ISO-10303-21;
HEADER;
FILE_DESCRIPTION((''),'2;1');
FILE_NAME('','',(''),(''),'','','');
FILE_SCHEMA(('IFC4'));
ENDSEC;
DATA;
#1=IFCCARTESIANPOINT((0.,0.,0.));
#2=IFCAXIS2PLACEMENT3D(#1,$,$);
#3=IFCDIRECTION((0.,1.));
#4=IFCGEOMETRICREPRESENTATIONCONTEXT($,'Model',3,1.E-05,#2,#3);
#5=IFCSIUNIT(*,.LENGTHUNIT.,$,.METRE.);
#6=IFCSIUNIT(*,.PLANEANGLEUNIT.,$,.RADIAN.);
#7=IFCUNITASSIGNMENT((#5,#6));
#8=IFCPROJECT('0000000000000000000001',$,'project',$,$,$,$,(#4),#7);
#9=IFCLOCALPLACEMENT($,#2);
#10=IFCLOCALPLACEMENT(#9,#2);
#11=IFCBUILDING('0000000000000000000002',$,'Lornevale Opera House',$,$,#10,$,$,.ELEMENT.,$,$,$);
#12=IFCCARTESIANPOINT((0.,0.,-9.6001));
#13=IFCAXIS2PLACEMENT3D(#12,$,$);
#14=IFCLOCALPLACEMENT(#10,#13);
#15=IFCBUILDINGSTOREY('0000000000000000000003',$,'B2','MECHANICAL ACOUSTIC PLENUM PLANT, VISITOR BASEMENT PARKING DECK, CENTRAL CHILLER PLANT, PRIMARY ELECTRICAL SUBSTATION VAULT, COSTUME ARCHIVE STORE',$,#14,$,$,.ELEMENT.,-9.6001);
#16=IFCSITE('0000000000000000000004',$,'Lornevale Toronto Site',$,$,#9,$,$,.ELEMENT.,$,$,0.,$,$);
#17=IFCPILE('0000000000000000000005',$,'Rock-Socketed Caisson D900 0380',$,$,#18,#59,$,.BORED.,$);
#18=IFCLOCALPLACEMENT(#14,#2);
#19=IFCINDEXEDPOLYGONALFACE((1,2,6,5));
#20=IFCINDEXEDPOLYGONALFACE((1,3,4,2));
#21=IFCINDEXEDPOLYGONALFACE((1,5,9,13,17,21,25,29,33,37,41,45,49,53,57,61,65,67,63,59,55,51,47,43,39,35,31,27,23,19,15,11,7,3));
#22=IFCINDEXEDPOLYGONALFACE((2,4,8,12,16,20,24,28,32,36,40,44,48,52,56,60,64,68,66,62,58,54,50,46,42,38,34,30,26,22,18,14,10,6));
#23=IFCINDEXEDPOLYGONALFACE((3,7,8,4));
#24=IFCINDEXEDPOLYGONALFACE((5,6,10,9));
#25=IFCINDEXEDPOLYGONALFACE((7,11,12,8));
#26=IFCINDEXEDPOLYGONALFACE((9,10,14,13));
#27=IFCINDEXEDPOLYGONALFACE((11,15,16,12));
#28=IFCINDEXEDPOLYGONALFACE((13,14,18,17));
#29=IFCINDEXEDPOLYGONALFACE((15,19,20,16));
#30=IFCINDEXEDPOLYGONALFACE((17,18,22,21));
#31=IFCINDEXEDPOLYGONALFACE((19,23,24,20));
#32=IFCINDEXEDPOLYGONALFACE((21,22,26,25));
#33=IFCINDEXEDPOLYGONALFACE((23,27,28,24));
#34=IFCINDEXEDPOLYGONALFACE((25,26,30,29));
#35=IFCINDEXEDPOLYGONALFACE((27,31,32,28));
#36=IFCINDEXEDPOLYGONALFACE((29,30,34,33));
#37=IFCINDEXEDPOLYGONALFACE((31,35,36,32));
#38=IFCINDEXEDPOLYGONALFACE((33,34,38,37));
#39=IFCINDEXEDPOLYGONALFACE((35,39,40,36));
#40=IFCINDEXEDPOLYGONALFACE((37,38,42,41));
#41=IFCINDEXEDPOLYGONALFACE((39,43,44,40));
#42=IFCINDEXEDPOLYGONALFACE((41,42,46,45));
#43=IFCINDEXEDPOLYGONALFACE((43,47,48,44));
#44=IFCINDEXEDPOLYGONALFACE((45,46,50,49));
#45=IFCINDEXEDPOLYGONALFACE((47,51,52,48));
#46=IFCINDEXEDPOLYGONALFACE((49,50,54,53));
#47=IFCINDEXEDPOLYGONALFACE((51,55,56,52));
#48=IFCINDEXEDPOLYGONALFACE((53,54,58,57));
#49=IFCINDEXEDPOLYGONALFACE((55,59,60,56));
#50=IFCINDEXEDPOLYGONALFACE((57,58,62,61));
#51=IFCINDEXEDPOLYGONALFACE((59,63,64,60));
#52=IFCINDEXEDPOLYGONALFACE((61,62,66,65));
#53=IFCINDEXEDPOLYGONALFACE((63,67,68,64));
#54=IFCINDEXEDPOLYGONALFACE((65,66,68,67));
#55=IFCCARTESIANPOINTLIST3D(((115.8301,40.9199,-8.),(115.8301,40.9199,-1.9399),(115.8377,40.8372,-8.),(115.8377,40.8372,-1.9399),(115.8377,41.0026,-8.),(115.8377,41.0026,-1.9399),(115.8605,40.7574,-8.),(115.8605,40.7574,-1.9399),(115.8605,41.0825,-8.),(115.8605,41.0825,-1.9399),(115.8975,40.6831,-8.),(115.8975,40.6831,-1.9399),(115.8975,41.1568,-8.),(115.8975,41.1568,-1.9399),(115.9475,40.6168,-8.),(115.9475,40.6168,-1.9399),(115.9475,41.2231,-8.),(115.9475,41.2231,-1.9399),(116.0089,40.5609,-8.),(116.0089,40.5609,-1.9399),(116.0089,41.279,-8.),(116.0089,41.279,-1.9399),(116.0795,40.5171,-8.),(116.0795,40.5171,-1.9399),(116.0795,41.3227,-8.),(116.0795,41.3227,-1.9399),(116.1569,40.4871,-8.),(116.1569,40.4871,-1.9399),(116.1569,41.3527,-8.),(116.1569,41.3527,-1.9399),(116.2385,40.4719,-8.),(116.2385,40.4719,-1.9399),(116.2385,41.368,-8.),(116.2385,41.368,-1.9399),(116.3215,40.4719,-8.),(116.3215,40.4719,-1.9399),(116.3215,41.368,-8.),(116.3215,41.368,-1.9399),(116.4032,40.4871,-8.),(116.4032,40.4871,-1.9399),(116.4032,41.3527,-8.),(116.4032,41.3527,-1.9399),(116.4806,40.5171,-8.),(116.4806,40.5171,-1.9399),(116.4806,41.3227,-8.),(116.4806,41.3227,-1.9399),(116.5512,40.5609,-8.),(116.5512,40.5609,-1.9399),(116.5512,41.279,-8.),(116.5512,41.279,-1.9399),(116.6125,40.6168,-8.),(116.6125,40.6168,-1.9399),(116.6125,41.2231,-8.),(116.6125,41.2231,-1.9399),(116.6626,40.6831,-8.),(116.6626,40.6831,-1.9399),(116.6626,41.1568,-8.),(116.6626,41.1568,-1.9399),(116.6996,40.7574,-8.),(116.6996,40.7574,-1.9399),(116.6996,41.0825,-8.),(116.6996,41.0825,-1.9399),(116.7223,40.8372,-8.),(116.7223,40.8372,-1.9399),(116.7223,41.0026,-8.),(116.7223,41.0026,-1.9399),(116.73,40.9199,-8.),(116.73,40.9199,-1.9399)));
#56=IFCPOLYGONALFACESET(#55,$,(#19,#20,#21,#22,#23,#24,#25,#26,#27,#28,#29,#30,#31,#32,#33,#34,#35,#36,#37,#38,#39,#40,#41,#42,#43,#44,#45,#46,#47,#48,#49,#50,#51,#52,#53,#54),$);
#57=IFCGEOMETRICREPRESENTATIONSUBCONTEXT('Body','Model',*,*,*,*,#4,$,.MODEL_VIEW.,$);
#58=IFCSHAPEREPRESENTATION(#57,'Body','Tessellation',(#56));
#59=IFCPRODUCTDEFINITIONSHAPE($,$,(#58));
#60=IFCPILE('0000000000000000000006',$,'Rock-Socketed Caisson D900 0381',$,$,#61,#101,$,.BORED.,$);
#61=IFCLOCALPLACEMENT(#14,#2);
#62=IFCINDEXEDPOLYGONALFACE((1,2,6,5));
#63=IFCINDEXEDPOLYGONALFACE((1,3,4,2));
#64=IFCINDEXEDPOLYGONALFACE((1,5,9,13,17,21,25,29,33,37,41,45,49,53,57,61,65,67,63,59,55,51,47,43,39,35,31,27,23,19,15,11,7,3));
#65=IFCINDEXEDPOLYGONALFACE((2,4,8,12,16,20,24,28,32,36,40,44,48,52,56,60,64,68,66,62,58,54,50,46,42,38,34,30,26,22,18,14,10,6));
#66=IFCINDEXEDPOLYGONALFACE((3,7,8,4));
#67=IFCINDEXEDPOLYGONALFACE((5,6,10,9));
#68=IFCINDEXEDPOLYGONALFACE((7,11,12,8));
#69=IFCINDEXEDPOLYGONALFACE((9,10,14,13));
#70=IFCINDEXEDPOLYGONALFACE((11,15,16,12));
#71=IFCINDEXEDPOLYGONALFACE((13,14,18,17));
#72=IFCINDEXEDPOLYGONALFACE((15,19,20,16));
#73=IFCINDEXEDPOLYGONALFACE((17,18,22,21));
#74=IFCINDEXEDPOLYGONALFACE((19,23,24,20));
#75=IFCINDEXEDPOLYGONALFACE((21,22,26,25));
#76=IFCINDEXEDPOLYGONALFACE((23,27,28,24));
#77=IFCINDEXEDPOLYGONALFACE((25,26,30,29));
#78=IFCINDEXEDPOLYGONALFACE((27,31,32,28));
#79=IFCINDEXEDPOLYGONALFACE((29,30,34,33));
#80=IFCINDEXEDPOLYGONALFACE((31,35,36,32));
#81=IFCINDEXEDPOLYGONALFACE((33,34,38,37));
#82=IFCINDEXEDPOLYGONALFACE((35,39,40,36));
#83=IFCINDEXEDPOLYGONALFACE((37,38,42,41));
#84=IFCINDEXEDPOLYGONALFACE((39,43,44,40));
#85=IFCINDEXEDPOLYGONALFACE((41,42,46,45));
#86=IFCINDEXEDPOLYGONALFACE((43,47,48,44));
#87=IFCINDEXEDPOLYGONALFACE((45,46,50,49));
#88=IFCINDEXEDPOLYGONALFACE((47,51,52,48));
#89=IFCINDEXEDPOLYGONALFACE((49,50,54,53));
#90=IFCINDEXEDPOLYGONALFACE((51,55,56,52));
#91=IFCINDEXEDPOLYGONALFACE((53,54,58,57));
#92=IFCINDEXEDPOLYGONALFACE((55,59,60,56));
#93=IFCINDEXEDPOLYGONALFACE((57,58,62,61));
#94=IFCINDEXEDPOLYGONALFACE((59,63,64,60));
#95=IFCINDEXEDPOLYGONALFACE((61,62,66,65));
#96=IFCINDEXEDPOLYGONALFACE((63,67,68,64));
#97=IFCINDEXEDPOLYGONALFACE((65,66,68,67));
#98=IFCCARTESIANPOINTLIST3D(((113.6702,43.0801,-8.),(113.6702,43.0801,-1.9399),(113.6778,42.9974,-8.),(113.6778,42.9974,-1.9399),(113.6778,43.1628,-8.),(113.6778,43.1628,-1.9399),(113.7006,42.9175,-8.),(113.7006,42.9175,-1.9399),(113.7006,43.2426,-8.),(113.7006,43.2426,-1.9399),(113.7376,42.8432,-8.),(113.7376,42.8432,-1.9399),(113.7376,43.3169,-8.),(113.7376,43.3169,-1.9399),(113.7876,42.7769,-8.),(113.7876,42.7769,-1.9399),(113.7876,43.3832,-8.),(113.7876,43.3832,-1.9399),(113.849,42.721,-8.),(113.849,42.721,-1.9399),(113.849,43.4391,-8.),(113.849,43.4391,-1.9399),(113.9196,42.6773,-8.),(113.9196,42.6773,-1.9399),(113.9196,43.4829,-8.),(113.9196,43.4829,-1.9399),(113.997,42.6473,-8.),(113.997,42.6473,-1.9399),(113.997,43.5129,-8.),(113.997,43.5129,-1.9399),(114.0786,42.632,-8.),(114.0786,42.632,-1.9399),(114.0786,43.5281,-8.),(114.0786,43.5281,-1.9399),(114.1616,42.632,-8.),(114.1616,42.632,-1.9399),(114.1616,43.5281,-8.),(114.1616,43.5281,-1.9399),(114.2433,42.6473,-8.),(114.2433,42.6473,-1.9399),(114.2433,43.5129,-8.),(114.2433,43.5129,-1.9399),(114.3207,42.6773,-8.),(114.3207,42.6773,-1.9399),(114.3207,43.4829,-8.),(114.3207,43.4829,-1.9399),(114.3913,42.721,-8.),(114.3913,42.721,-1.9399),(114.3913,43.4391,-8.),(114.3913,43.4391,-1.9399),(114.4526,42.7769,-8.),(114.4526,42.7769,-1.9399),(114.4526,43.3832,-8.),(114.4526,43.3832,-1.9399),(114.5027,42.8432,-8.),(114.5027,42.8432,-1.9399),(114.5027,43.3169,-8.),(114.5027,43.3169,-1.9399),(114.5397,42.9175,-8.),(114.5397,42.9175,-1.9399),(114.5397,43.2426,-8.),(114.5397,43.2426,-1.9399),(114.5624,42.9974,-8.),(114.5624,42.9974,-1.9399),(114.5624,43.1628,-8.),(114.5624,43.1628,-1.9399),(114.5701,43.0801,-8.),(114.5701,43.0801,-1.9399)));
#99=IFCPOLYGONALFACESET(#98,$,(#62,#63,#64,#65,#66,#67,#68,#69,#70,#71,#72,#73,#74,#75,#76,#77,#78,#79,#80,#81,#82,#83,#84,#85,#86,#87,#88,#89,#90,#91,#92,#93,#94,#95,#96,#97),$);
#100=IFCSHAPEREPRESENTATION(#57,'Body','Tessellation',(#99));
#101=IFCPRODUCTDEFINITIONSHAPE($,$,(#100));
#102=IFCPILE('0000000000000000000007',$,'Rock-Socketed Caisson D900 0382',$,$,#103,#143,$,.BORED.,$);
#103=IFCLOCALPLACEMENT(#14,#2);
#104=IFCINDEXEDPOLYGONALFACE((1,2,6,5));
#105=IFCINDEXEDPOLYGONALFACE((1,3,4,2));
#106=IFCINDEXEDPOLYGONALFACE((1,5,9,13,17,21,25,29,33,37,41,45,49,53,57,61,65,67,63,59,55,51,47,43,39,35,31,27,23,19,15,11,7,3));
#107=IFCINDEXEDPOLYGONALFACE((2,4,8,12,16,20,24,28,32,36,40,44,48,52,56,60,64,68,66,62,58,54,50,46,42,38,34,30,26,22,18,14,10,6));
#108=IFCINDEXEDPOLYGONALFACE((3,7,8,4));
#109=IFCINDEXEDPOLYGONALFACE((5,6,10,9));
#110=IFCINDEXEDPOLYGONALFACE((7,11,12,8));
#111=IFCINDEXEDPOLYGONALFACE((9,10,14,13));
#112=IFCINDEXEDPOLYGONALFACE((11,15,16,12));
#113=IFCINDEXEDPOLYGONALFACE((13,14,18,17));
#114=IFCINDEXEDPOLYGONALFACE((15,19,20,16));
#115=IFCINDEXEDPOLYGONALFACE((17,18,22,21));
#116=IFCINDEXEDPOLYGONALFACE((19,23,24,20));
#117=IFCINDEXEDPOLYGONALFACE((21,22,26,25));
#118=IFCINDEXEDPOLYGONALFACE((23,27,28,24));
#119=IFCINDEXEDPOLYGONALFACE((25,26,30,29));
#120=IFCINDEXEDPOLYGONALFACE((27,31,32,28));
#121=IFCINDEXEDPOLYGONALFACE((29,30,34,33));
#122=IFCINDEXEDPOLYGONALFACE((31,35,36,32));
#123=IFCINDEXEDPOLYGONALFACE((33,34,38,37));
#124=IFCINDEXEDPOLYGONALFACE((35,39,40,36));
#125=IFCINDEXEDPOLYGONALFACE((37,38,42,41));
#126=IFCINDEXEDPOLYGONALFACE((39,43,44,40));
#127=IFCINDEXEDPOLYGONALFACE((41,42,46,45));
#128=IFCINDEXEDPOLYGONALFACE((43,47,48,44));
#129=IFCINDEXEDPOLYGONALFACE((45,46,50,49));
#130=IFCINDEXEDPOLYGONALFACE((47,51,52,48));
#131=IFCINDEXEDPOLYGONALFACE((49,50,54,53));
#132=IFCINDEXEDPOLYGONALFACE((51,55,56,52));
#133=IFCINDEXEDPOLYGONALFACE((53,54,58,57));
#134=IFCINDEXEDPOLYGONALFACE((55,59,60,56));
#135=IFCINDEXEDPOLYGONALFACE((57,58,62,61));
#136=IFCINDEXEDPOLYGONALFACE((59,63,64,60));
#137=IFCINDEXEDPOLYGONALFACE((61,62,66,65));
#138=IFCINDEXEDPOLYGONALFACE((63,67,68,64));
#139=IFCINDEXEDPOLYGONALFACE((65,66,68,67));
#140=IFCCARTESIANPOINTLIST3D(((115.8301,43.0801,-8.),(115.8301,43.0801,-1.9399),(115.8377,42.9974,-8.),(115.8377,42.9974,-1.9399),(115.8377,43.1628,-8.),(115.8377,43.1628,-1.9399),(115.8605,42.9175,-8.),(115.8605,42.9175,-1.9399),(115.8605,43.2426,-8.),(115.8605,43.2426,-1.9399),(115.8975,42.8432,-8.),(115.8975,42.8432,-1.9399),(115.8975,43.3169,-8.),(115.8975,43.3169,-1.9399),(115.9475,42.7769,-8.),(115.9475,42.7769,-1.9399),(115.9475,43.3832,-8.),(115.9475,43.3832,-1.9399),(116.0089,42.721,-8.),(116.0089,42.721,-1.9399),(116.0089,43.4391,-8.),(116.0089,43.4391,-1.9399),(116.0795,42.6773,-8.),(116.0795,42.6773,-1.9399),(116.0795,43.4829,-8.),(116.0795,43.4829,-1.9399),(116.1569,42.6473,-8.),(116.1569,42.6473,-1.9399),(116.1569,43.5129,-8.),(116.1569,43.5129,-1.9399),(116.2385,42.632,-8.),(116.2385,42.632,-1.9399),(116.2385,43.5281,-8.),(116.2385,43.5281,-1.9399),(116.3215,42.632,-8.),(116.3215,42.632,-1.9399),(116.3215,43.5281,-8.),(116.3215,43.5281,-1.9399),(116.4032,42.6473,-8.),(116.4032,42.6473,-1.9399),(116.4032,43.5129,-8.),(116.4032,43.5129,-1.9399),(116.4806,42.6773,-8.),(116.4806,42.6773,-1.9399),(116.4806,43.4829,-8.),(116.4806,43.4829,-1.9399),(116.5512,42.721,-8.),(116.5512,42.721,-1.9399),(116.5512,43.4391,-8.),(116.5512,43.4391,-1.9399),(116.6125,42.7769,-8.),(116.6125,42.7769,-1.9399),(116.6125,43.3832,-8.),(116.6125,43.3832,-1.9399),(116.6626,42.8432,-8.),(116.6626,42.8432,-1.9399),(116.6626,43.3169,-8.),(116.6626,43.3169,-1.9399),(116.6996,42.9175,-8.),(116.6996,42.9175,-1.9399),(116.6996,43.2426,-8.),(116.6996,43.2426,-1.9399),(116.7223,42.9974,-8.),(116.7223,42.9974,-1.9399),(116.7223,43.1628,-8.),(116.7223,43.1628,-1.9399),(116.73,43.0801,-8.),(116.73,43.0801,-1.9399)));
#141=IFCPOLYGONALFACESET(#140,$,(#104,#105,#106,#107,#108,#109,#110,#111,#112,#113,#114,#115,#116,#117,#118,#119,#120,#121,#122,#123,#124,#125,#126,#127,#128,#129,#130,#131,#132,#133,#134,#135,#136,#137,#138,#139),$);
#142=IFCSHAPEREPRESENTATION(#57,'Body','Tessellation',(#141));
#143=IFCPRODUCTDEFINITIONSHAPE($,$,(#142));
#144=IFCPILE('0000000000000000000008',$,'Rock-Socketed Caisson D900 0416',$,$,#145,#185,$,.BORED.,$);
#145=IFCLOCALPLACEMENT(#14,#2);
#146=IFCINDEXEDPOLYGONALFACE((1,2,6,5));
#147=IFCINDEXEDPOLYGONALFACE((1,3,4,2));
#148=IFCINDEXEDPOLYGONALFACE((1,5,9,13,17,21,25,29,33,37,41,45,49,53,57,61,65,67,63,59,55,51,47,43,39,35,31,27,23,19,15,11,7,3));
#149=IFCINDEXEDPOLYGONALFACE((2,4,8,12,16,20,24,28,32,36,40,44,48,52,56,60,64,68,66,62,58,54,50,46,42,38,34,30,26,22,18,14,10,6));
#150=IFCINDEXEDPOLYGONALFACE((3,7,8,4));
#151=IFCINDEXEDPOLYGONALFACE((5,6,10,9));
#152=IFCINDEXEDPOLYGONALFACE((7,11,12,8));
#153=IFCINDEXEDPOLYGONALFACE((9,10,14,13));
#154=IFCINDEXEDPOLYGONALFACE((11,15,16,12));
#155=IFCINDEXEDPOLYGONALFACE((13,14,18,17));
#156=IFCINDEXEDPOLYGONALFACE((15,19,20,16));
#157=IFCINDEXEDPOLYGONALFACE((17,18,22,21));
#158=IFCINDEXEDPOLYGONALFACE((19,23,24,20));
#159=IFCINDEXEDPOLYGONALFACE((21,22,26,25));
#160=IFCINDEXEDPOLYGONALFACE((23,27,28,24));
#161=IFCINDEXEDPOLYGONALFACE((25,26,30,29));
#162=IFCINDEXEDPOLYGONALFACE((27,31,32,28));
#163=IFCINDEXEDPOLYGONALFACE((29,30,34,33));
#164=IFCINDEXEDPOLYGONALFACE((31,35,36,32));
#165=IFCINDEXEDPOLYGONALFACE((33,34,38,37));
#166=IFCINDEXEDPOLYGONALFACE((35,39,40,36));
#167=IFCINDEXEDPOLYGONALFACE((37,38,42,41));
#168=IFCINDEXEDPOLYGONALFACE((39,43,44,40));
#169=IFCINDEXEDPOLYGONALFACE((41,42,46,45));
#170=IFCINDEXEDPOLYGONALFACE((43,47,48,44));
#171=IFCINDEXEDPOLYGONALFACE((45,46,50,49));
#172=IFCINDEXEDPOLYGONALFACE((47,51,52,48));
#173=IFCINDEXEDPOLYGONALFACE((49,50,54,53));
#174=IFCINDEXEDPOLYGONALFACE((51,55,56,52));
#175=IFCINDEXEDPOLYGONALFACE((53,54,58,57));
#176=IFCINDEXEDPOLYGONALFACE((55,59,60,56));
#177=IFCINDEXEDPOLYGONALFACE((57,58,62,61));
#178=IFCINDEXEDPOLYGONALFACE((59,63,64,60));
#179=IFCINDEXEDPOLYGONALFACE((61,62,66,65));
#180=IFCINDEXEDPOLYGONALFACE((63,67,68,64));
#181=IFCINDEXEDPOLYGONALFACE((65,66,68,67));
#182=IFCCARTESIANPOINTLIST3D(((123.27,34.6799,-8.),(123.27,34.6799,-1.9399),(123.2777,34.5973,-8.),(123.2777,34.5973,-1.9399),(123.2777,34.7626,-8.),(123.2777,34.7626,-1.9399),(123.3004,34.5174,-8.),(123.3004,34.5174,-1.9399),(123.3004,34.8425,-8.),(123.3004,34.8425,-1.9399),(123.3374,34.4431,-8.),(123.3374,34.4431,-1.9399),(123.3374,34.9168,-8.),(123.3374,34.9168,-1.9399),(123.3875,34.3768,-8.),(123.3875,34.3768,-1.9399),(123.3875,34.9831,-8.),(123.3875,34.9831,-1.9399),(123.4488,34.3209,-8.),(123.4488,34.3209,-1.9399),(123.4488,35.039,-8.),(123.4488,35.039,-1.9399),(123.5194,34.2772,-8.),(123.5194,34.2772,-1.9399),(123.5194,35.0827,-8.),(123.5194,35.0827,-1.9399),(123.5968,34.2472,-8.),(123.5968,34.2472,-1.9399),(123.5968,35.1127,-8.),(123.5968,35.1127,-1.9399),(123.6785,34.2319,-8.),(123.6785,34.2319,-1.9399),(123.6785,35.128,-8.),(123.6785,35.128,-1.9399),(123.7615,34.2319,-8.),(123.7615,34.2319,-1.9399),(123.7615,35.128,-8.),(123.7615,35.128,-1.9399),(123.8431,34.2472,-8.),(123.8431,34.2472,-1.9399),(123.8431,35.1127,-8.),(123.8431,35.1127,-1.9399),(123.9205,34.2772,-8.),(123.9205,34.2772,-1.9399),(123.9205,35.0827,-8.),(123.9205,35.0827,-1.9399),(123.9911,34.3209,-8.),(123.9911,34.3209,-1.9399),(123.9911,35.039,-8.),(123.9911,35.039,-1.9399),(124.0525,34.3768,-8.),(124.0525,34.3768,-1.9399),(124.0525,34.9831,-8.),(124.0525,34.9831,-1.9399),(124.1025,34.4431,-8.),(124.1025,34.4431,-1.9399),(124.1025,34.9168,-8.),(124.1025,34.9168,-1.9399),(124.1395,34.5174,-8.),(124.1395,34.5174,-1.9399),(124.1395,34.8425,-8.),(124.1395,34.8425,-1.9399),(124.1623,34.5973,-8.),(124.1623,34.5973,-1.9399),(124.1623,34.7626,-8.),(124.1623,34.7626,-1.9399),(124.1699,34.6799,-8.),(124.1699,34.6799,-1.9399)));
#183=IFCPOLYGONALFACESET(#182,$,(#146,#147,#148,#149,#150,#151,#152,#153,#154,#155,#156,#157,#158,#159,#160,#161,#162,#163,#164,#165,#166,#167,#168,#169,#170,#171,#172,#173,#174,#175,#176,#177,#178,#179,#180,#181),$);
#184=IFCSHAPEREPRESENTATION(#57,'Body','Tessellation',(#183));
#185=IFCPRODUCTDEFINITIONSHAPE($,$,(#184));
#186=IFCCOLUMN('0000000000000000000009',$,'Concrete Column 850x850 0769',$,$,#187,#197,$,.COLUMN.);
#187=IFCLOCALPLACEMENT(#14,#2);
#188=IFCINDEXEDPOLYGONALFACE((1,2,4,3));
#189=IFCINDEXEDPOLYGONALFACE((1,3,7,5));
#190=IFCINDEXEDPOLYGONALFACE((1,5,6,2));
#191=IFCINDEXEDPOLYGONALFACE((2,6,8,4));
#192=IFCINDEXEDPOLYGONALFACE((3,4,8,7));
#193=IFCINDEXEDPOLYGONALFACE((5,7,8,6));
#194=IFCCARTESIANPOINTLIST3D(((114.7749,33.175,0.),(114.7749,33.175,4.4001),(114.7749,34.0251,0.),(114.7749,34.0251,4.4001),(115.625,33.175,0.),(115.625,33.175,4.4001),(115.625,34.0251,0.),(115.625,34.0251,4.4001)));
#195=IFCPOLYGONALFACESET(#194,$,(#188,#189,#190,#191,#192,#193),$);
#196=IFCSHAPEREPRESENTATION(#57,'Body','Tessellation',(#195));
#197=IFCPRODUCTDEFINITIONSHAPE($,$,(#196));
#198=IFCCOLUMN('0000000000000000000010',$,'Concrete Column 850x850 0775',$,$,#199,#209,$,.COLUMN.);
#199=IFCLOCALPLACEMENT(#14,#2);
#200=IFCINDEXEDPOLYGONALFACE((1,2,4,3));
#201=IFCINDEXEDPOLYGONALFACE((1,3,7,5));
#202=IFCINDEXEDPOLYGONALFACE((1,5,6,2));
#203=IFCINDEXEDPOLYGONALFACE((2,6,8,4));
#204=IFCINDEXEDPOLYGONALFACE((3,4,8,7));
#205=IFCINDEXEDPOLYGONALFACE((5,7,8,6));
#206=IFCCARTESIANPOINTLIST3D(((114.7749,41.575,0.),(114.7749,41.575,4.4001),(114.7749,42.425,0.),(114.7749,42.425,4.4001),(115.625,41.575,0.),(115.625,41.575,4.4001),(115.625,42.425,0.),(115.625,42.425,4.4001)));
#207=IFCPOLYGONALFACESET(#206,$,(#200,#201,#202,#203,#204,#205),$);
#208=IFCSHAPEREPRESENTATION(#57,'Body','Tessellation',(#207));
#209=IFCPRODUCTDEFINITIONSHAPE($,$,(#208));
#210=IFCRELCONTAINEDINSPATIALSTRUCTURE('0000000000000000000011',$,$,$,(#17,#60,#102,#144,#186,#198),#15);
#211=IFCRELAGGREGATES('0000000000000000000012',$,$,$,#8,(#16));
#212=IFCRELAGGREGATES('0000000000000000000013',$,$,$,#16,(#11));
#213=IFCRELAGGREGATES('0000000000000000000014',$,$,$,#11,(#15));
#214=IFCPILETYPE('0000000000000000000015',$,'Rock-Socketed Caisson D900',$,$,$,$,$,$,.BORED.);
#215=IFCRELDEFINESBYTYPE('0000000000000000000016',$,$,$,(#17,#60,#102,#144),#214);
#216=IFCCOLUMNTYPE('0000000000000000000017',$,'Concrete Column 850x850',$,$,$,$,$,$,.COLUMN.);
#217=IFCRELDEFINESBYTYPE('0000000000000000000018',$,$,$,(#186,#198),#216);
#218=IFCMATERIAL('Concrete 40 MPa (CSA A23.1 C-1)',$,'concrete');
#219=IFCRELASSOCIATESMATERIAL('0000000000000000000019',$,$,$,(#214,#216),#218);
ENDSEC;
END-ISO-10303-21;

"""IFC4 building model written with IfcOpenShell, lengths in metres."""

from ifc_helpers import new_model, si_unit, direction, frame, origin, origin_2d, place, context, subcontext, project, spatial, rectangle, circle, extrude, material, material_profile, profile_set, type_object, element, save


model = new_model("IFC4")

# Units and contexts
model_context = context("Model", 3, precision=1e-05, world=origin(), true_north=direction((0.0, 1.0)))
body_context = subcontext(model_context, "Body", "Model", "MODEL_VIEW")
ifc_project = project(units=[si_unit("LENGTHUNIT", "METRE"), si_unit("PLANEANGLEUNIT", "RADIAN")], contexts=[model_context])

# Site, building, storey
site_placement = place(None, origin())
site = spatial("IfcSite", under=ifc_project, at=site_placement, Name="Lornevale Toronto Site", CompositionType="ELEMENT", RefElevation=0.0)
building_placement = place(site_placement, origin())
building = spatial("IfcBuilding", under=site, at=building_placement, Name="Lornevale Opera House", CompositionType="ELEMENT")
storey_placement = place(building_placement, frame((0.0, 0.0, -9.6001)))
storey = spatial("IfcBuildingStorey", under=building, at=storey_placement, Name="B2", Description="MECHANICAL ACOUSTIC PLENUM PLANT, VISITOR BASEMENT PARKING DECK, CENTRAL CHILLER PLANT, PRIMARY ELECTRICAL SUBSTATION VAULT, COSTUME ARCHIVE STORE", CompositionType="ELEMENT", Elevation=-9.6001)

# Piles
ifc_material_1 = material(Name="Concrete 40 MPa (CSA A23.1 C-1)", Category="concrete")
ifc_material_profile_1 = material_profile(ifc_material_1, circle(Radius=0.45, at=origin_2d()), Name="CAIS900")
ifc_profile_set_1 = profile_set([ifc_material_profile_1], Name="Concrete 40 MPa (CSA A23.1 C-1)")
pile_type_1 = type_object("IfcPileType", Name="Rock-Socketed Caisson D900", PredefinedType="BORED", material=ifc_profile_set_1)
for number, where, z_axis, x_axis, name in (
    (1, (116.28, 40.9199, -1.9399), (0.0, 0.0, -1.0), (1.0, 0.0, 0.0), "Rock-Socketed Caisson D900 0380"),
    (2, (114.1201, 43.0801, -1.9399), (0.0, 0.0, -1.0), (1.0, 0.0, 0.0), "Rock-Socketed Caisson D900 0381"),
    (3, (116.28, 43.0801, -1.9399), (0.0, 0.0, -1.0), (1.0, 0.0, 0.0), "Rock-Socketed Caisson D900 0382"),
    (4, (123.72, 34.6799, -1.9399), (0.0, 0.0, -1.0), (1.0, 0.0, 0.0), "Rock-Socketed Caisson D900 0416"),
):
    element("IfcPile", number, at=place(storey_placement, frame(where, z_axis=z_axis, x_axis=x_axis)), inside=storey, type_object=pile_type_1, Name=name, PredefinedType="BORED", context=body_context, shape_type="SweptSolid", body=[
        extrude(circle(Radius=0.45, at=origin_2d()), origin(), (0.0, 0.0, 1.0), 6.0601),
    ])

# Columns
ifc_material_profile_2 = material_profile(ifc_material_1, rectangle(XDim=0.8501, YDim=0.8501, at=origin_2d()), Name="RC850x850")
ifc_profile_set_2 = profile_set([ifc_material_profile_2], Name="Concrete 40 MPa (CSA A23.1 C-1)")
column_type = type_object("IfcColumnType", Name="Concrete Column 850x850", PredefinedType="COLUMN", material=ifc_profile_set_2)
for number, where, z_axis, x_axis, name in (
    (5, (115.2, 33.6001, 0.0), (0.0, 0.0, 1.0), (1.0, 0.0, 0.0), "Concrete Column 850x850 0769"),
    (6, (115.2, 42.0, 0.0), (0.0, 0.0, 1.0), (1.0, 0.0, 0.0), "Concrete Column 850x850 0775"),
):
    element("IfcColumn", number, at=place(storey_placement, frame(where, z_axis=z_axis, x_axis=x_axis)), inside=storey, type_object=column_type, Name=name, PredefinedType="COLUMN", context=body_context, shape_type="SweptSolid", body=[
        extrude(rectangle(XDim=0.8501, YDim=0.8501, at=origin_2d()), origin(), (0.0, 0.0, 1.0), 4.4001),
    ])

save(model, "model.ifc")
